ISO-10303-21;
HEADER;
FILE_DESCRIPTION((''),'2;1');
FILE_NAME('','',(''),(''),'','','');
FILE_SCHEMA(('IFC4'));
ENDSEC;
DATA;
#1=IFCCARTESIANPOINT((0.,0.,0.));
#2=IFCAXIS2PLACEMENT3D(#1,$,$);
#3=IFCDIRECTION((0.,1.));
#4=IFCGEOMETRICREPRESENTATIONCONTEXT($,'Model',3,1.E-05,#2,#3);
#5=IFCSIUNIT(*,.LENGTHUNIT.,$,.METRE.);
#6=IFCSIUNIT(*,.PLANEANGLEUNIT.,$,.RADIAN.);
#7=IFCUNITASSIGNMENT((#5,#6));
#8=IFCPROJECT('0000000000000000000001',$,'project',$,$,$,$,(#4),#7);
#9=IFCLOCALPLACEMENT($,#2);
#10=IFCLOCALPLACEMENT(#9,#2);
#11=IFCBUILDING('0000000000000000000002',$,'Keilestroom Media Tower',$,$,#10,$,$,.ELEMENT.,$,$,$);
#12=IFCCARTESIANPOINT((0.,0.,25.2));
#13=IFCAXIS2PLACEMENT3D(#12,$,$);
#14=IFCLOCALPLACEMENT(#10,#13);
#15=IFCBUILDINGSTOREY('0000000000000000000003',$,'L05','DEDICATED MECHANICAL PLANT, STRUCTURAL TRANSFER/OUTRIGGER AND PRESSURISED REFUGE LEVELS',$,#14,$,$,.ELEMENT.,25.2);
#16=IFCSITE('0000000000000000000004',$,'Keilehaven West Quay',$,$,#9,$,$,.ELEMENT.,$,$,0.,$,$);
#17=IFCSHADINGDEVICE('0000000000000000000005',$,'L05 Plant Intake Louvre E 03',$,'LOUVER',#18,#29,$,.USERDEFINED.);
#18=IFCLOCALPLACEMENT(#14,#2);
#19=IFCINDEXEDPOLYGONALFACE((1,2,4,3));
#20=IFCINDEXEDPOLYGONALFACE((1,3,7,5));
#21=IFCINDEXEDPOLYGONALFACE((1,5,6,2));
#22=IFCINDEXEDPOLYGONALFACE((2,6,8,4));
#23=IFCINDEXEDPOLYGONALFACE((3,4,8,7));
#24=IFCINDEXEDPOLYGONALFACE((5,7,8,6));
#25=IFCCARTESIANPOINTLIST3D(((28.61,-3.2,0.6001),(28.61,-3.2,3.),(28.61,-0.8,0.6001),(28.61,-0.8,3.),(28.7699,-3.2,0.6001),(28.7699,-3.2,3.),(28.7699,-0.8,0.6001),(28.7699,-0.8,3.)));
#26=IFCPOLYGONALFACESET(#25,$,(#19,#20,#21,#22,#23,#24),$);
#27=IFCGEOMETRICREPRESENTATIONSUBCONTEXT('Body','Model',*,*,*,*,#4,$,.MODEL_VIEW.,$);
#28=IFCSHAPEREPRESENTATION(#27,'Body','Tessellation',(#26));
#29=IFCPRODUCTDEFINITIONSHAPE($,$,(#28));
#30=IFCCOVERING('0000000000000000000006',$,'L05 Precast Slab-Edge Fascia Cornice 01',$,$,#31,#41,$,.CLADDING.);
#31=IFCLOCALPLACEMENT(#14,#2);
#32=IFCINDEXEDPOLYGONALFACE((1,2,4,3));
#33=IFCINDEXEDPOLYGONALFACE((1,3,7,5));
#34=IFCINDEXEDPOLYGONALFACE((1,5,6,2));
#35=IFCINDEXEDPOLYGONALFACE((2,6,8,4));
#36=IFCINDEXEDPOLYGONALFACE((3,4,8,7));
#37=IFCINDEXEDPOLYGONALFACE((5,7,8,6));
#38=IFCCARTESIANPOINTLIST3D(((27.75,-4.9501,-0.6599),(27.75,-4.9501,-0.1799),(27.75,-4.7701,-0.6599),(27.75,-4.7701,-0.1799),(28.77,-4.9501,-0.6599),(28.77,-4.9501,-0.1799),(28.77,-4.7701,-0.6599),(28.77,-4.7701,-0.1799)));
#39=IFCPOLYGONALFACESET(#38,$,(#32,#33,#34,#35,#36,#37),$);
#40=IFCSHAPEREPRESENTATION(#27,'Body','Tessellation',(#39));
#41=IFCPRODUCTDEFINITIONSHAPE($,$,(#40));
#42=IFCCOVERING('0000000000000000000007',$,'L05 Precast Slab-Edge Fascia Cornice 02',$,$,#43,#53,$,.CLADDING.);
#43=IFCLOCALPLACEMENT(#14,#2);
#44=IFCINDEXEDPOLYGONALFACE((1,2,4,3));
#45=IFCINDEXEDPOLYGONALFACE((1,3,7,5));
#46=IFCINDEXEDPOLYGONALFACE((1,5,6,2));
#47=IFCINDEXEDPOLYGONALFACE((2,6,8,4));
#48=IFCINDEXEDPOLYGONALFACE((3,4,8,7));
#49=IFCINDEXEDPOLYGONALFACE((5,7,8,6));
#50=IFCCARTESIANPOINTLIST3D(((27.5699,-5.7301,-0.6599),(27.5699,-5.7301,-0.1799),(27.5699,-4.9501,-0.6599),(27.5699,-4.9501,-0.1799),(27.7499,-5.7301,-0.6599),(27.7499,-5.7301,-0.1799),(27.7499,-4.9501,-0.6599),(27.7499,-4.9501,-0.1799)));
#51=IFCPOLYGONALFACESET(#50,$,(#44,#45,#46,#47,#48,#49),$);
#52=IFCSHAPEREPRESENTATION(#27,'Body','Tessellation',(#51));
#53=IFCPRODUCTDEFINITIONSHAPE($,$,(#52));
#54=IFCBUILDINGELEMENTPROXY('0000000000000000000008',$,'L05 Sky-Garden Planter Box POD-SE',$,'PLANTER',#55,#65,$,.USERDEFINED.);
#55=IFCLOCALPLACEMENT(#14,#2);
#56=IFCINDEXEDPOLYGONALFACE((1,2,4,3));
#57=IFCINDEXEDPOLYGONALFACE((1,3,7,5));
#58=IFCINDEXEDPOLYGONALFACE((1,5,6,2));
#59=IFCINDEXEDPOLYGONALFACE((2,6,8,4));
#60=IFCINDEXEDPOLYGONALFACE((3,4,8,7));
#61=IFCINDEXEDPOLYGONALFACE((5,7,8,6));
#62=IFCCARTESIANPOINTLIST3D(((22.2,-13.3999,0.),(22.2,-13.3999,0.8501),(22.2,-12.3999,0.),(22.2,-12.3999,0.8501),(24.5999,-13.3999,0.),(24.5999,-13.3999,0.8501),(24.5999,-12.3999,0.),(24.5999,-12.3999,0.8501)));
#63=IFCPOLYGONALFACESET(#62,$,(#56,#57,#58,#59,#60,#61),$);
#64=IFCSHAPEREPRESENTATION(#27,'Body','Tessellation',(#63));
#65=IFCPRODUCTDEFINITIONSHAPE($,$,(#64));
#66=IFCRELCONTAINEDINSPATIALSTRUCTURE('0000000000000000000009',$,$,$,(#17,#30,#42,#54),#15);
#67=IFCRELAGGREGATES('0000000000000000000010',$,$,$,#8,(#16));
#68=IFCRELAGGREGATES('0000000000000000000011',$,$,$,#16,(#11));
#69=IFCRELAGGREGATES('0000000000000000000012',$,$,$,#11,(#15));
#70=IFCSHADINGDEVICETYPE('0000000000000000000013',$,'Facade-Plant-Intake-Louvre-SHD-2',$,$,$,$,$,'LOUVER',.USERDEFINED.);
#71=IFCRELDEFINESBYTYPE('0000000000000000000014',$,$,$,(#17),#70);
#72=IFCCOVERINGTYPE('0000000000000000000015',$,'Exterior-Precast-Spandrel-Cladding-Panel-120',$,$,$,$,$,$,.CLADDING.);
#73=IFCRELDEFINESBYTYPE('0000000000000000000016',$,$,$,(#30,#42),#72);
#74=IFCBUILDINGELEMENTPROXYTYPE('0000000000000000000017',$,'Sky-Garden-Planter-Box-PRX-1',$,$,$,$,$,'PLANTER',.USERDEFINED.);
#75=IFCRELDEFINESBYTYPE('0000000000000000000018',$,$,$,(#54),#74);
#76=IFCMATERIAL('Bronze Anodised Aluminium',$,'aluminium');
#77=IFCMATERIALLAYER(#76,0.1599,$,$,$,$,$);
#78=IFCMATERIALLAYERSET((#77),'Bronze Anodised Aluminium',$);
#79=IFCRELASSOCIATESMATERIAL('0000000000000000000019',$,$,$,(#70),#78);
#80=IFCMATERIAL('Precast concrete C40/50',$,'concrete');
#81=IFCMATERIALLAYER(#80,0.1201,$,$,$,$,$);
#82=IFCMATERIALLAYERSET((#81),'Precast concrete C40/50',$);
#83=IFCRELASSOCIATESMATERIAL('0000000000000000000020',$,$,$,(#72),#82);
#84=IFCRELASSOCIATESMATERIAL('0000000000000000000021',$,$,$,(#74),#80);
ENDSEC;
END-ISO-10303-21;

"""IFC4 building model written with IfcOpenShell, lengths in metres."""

from ifc_helpers import new_model, si_unit, direction, frame, origin, origin_2d, place, context, subcontext, project, spatial, rectangle, extrude, source, transform, mapped, material, layer, layer_set, type_object, element, save


model = new_model("IFC4")

# Units and contexts
model_context = context("Model", 3, precision=1e-05, world=origin(), true_north=direction((0.0, 1.0)))
body_context = subcontext(model_context, "Body", "Model", "MODEL_VIEW")
ifc_project = project(units=[si_unit("LENGTHUNIT", "METRE"), si_unit("PLANEANGLEUNIT", "RADIAN")], contexts=[model_context])

# Site, building, storey
site_placement = place(None, origin())
site = spatial("IfcSite", under=ifc_project, at=site_placement, Name="Keilehaven West Quay", CompositionType="ELEMENT", RefElevation=0.0)
building_placement = place(site_placement, origin())
building = spatial("IfcBuilding", under=site, at=building_placement, Name="Keilestroom Media Tower", CompositionType="ELEMENT")
storey_placement = place(building_placement, frame((0.0, 0.0, 25.2)))
storey = spatial("IfcBuildingStorey", under=building, at=storey_placement, Name="L05", Description="DEDICATED MECHANICAL PLANT, STRUCTURAL TRANSFER/OUTRIGGER AND PRESSURISED REFUGE LEVELS", CompositionType="ELEMENT", Elevation=25.2)

# Shared definitions
ifc_material_1 = material(Name="Precast concrete C40/50", Category="concrete")

# Shading device
ifc_material_2 = material(Name="Bronze Anodised Aluminium", Category="aluminium")
ifc_layer_1 = layer(ifc_material_2, 0.1599)
ifc_layer_set_1 = layer_set([ifc_layer_1], Name="Bronze Anodised Aluminium")
shading_device_type = type_object("IfcShadingDeviceType", Name="Facade-Plant-Intake-Louvre-SHD-2", ElementType="LOUVER", PredefinedType="USERDEFINED", material=ifc_layer_set_1)
shared_shape_1 = source(origin(), body_context, "Body", "SweptSolid", [
    extrude(rectangle(XDim=0.1599, YDim=2.3999, at=origin_2d()), origin(), (0.0, 0.0, 1.0), 2.3999),
])
shading_device_placement = place(storey_placement, frame((28.6899, -2.0, 0.6001), z_axis=(0.0, 0.0, 1.0), x_axis=(1.0, 0.0, 0.0)))
element("IfcShadingDevice", 1, at=shading_device_placement, inside=storey, type_object=shading_device_type, Name="L05 Plant Intake Louvre E 03", ObjectType="LOUVER", PredefinedType="USERDEFINED", context=body_context, shape_type="MappedRepresentation", body=[
    mapped(shared_shape_1, transform((0.0, 0.0, 0.0), x_axis=(1.0, 0.0, 0.0), y_axis=(0.0, 1.0, 0.0), z_axis=(0.0, 0.0, 1.0), scale=1.0)),
])

# Coverings
ifc_layer_2 = layer(ifc_material_1, 0.1201)
ifc_layer_set_2 = layer_set([ifc_layer_2], Name="Precast concrete C40/50")
covering_type = type_object("IfcCoveringType", Name="Exterior-Precast-Spandrel-Cladding-Panel-120", PredefinedType="CLADDING", material=ifc_layer_set_2)
shared_shape_2 = source(origin(), body_context, "Body", "SweptSolid", [
    extrude(rectangle(XDim=1.02, YDim=0.1799, at=origin_2d()), origin(), (0.0, 0.0, 1.0), 0.48),
])
covering_1_placement = place(storey_placement, frame((28.26, -4.8601, -0.6599), z_axis=(0.0, 0.0, 1.0), x_axis=(-1.0, 0.0, 0.0)))
element("IfcCovering", 2, at=covering_1_placement, inside=storey, type_object=covering_type, Name="L05 Precast Slab-Edge Fascia Cornice 01", PredefinedType="CLADDING", context=body_context, shape_type="MappedRepresentation", body=[
    mapped(shared_shape_2, transform((0.0, 0.0, 0.0), x_axis=(1.0, 0.0, 0.0), y_axis=(0.0, 1.0, 0.0), z_axis=(0.0, 0.0, 1.0), scale=1.0)),
])
shared_shape_3 = source(origin(), body_context, "Body", "SweptSolid", [
    extrude(rectangle(XDim=0.78, YDim=0.1799, at=origin_2d()), origin(), (0.0, 0.0, 1.0), 0.48),
])
covering_2_placement = place(storey_placement, frame((27.6599, -5.3401, -0.6599), z_axis=(0.0, 0.0, 1.0), x_axis=(0.0, -1.0, 0.0)))
element("IfcCovering", 3, at=covering_2_placement, inside=storey, type_object=covering_type, Name="L05 Precast Slab-Edge Fascia Cornice 02", PredefinedType="CLADDING", context=body_context, shape_type="MappedRepresentation", body=[
    mapped(shared_shape_3, transform((0.0, 0.0, 0.0), x_axis=(1.0, 0.0, 0.0), y_axis=(0.0, 1.0, 0.0), z_axis=(0.0, 0.0, 1.0), scale=1.0)),
])

# Building element proxy
building_element_proxy_type = type_object("IfcBuildingElementProxyType", Name="Sky-Garden-Planter-Box-PRX-1", ElementType="PLANTER", PredefinedType="USERDEFINED", material=ifc_material_1)
shared_shape_4 = source(origin(), body_context, "Body", "SweptSolid", [
    extrude(rectangle(XDim=2.3999, YDim=1.0, at=origin_2d()), origin(), (0.0, 0.0, 1.0), 0.8501),
])
proxy_placement = place(storey_placement, frame((23.3999, -12.8999, 0.0), z_axis=(0.0, 0.0, 1.0), x_axis=(1.0, 0.0, 0.0)))
element("IfcBuildingElementProxy", 4, at=proxy_placement, inside=storey, type_object=building_element_proxy_type, Name="L05 Sky-Garden Planter Box POD-SE", ObjectType="PLANTER", PredefinedType="USERDEFINED", context=body_context, shape_type="MappedRepresentation", body=[
    mapped(shared_shape_4, transform((0.0, 0.0, 0.0), x_axis=(1.0, 0.0, 0.0), y_axis=(0.0, 1.0, 0.0), z_axis=(0.0, 0.0, 1.0), scale=1.0)),
])

save(model, "model.ifc")
